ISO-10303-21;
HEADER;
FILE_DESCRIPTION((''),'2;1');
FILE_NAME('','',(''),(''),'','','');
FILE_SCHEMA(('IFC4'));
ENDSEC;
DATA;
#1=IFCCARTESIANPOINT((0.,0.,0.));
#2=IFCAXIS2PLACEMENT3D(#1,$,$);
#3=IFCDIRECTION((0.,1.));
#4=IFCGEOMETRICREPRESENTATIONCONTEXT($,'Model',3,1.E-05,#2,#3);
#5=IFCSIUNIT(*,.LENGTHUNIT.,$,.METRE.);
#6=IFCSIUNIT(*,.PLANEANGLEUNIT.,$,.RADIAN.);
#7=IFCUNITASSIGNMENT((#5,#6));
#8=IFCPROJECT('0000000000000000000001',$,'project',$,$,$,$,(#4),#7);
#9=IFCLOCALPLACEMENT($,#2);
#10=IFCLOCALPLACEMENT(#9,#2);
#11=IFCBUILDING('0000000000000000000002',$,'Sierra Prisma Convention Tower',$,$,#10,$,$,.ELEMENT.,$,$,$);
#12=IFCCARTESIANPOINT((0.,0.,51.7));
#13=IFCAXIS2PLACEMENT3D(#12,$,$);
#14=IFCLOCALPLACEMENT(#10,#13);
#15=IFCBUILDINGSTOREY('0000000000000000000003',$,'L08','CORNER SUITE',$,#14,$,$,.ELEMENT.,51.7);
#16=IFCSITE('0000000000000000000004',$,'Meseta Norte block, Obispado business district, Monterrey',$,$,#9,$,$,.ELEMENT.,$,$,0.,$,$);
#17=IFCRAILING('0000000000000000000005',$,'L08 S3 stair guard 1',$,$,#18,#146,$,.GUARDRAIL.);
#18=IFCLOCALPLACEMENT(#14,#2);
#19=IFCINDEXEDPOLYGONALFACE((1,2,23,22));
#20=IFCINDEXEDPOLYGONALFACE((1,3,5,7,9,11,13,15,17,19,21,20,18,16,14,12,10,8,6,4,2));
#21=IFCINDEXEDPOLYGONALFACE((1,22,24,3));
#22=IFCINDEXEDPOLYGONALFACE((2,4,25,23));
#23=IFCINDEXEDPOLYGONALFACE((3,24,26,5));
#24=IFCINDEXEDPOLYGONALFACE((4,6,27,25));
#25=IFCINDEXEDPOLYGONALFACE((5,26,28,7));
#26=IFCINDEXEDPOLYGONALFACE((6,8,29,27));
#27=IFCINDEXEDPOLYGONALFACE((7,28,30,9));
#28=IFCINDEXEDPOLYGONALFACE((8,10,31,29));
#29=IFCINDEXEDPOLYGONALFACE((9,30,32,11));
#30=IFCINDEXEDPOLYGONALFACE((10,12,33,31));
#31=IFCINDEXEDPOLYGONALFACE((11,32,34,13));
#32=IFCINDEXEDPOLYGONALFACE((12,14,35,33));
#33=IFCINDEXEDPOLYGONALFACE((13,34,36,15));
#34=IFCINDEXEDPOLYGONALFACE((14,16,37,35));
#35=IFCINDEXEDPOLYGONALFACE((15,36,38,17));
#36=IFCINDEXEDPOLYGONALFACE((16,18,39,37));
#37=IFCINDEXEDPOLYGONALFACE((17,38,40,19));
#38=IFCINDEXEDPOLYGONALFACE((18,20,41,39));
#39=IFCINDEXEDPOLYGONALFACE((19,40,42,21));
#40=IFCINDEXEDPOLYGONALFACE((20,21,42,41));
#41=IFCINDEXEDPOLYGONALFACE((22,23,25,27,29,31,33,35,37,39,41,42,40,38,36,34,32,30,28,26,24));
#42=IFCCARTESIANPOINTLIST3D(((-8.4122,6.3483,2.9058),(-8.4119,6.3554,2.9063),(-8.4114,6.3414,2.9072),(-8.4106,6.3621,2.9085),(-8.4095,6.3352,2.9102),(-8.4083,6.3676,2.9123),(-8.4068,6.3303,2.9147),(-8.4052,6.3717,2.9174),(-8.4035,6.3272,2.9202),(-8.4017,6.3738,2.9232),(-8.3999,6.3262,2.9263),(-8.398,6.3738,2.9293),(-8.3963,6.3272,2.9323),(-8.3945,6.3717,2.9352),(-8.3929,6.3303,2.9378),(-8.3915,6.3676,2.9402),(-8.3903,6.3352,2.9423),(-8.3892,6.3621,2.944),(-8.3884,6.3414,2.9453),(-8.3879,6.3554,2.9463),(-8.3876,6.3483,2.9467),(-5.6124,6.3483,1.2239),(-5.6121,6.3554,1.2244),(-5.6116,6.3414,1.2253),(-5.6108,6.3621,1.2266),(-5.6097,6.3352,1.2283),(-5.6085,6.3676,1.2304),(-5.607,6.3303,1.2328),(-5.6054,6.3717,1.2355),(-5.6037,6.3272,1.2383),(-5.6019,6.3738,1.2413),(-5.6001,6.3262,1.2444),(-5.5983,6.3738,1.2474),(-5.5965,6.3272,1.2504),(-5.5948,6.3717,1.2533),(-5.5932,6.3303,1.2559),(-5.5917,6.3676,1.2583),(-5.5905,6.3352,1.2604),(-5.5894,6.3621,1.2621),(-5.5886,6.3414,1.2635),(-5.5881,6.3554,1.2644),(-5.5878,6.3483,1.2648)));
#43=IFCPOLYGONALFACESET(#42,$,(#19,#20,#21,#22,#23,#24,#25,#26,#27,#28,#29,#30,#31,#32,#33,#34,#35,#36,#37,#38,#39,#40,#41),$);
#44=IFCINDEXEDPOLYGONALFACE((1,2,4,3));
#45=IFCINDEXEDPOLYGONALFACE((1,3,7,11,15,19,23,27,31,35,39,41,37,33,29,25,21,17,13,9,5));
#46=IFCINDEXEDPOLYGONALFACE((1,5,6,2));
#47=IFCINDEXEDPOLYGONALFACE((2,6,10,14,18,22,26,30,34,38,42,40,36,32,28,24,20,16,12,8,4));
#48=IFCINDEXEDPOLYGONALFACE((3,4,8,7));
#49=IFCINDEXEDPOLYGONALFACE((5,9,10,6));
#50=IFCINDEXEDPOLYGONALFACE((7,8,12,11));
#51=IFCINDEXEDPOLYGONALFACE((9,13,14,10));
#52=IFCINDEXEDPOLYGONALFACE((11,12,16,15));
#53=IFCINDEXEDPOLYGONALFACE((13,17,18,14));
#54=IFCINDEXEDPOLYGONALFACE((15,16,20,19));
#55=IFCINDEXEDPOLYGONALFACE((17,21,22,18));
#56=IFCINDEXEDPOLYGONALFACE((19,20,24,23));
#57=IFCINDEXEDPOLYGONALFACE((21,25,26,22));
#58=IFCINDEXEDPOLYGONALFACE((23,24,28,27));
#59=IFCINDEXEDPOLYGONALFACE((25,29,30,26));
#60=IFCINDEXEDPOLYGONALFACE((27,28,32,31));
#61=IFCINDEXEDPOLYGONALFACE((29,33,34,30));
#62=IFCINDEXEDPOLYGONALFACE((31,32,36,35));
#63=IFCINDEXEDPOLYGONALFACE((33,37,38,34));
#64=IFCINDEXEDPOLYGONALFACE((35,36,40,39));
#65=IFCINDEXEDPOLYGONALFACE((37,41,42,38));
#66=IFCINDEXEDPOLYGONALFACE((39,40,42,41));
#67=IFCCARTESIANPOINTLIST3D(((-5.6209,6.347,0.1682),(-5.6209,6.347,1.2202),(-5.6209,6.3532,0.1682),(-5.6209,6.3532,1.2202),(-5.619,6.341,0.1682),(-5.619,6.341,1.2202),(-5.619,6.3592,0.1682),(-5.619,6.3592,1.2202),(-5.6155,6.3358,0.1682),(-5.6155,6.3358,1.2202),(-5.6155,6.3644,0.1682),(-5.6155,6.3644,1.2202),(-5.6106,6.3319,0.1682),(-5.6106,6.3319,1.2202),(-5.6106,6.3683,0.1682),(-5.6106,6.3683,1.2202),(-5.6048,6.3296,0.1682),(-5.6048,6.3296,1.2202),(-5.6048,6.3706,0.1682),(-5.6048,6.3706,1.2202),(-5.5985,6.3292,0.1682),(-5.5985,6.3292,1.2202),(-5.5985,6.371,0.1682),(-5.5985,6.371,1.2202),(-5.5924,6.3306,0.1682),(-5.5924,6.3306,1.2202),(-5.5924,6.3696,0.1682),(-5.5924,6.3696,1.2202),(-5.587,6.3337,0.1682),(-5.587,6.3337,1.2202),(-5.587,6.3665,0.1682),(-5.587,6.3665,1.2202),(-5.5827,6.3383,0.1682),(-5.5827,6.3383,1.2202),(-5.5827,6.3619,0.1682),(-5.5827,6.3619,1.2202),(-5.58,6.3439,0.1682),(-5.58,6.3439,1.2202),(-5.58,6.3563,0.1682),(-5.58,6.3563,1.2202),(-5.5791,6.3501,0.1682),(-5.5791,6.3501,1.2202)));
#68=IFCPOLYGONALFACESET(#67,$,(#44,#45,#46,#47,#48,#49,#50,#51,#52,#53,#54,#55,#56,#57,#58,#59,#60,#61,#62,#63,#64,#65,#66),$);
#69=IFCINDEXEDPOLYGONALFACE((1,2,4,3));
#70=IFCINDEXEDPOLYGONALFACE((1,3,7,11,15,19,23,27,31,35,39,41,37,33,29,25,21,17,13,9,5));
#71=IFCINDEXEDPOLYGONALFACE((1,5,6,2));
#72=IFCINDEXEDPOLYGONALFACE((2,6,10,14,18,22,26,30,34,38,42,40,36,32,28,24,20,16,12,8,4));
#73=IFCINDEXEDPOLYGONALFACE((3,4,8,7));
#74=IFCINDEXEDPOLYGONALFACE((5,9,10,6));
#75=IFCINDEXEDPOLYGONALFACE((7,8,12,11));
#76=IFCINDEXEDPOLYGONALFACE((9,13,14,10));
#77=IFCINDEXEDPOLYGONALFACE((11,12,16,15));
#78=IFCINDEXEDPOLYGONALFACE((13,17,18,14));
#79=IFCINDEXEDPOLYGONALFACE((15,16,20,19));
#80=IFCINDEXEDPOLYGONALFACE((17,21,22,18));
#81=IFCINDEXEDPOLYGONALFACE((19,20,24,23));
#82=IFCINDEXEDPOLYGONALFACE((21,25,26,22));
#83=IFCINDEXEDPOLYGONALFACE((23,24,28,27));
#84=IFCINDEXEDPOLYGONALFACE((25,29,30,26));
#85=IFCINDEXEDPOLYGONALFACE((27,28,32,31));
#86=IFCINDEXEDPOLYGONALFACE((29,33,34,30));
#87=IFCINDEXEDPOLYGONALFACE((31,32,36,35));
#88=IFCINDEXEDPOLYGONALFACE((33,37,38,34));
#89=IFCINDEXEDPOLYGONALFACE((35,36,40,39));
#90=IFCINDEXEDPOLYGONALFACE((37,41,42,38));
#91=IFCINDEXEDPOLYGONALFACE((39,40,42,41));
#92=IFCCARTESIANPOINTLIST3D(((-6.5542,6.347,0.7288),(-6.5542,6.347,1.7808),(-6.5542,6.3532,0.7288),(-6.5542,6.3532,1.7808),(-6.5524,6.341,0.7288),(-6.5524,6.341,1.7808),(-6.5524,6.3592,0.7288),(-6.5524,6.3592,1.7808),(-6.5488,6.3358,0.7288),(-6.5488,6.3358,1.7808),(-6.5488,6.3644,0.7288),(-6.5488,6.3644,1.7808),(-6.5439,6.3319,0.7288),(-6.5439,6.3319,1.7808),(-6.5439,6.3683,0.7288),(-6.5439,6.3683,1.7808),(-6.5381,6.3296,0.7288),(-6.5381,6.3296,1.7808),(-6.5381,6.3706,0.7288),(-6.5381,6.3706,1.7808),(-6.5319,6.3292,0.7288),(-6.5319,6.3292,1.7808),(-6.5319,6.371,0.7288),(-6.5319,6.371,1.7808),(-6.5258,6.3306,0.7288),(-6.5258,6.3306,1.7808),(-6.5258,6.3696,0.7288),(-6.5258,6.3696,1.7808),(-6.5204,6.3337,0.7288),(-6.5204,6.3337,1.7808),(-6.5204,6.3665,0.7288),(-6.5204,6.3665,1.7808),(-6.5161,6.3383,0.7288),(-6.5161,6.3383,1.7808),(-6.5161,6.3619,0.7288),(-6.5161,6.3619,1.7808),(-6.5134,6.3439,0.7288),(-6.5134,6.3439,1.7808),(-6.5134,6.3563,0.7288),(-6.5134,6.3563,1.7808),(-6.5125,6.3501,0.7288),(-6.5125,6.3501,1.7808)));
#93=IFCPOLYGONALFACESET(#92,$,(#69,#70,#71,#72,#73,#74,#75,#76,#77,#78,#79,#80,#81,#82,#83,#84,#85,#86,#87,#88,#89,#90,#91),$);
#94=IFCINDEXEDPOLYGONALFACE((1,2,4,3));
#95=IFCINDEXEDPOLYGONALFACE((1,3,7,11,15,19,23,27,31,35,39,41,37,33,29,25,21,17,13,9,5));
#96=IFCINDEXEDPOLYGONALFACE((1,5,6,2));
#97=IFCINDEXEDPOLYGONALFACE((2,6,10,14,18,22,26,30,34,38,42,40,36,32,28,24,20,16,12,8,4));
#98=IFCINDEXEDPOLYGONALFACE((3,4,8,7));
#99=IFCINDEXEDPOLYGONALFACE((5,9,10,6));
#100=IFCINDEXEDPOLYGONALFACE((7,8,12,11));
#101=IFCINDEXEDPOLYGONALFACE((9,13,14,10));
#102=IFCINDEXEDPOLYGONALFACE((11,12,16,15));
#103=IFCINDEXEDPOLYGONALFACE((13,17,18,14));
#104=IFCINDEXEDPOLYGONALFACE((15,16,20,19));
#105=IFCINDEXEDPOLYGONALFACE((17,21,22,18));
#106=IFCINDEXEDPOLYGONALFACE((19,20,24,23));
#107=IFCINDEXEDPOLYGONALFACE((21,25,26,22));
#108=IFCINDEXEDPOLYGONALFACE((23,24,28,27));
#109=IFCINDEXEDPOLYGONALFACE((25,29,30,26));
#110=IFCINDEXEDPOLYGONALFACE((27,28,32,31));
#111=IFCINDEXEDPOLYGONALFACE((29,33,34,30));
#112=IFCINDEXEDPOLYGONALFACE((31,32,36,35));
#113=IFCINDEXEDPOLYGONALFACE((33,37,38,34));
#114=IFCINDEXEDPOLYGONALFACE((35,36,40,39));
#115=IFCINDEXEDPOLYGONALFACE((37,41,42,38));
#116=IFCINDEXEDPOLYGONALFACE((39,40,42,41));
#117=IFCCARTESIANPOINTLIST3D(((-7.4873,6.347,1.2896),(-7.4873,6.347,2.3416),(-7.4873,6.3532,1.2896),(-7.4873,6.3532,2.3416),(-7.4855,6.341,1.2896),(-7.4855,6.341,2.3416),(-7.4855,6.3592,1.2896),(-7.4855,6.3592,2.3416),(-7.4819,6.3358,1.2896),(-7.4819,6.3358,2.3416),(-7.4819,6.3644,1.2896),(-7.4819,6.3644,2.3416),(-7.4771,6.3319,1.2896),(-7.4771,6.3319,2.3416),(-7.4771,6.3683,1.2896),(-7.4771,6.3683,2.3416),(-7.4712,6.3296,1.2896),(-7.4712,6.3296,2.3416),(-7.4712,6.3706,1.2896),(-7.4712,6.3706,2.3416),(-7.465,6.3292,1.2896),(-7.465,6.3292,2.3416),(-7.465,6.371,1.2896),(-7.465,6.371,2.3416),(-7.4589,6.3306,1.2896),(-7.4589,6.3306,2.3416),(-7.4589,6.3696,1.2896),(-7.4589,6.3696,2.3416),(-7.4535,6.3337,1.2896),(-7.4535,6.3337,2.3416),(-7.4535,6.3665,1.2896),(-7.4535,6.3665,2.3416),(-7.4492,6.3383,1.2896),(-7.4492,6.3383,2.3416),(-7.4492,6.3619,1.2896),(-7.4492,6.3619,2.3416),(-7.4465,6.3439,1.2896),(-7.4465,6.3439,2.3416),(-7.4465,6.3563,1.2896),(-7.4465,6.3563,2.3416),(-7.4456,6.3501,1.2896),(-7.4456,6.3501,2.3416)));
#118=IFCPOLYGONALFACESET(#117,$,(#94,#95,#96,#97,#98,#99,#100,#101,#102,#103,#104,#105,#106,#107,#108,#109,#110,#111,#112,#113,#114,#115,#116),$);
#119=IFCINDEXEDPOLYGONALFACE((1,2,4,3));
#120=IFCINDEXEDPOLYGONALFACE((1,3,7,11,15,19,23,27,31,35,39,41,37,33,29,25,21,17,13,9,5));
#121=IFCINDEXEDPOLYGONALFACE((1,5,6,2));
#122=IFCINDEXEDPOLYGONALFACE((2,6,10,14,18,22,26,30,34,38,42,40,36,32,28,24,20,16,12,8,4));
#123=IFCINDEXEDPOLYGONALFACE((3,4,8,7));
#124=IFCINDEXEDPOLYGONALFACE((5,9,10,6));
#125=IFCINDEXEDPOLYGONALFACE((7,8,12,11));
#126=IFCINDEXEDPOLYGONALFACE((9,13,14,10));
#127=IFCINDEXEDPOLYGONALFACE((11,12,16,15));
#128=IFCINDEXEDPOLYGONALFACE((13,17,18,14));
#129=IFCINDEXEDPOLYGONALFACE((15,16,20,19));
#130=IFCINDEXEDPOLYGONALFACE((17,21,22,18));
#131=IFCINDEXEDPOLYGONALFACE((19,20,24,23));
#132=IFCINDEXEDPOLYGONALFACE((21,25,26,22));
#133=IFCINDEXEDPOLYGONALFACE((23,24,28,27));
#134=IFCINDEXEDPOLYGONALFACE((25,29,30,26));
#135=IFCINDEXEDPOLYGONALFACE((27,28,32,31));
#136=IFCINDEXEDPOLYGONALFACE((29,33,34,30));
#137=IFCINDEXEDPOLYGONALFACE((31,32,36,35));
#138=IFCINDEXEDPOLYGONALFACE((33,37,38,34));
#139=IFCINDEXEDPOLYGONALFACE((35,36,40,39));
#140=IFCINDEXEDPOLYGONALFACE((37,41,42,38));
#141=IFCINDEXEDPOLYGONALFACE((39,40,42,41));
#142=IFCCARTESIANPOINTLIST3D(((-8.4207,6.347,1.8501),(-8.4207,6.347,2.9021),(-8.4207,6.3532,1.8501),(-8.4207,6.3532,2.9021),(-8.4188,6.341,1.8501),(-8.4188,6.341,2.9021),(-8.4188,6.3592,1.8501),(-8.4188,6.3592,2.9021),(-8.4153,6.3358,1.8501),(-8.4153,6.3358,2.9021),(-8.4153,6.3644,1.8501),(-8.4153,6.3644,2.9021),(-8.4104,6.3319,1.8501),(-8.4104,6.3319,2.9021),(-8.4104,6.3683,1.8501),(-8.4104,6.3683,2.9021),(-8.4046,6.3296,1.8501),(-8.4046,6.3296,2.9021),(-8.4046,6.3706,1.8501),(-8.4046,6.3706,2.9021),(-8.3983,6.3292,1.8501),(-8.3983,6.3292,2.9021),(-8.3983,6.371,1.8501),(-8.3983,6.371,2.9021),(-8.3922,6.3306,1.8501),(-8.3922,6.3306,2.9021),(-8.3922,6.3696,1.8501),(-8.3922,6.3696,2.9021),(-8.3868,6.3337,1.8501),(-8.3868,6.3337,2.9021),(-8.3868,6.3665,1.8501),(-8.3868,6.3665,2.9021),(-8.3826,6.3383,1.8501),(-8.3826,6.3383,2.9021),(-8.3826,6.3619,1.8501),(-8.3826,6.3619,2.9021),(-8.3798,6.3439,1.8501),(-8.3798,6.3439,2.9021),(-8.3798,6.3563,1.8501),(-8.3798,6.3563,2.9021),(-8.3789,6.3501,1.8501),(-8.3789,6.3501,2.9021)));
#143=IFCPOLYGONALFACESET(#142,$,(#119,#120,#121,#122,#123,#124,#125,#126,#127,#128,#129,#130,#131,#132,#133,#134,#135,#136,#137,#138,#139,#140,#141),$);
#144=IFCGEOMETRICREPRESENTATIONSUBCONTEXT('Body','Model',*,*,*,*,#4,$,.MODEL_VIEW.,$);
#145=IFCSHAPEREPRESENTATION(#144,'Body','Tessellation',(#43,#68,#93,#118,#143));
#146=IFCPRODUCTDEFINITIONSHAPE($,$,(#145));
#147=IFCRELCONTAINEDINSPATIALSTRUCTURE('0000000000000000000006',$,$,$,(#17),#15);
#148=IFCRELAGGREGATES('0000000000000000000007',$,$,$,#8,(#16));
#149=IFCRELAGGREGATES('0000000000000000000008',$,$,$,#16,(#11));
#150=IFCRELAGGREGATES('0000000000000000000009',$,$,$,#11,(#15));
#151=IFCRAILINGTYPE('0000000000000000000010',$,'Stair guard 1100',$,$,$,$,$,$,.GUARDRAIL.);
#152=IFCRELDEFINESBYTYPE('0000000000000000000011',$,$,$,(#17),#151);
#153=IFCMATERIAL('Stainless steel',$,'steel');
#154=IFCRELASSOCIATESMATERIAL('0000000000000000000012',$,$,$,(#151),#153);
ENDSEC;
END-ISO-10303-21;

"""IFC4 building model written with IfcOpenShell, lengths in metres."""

from ifc_helpers import new_model, si_unit, direction, frame, origin, origin_2d, place, context, subcontext, project, spatial, circle, extrude, material, type_object, element, save


model = new_model("IFC4")

# Units and contexts
model_context = context("Model", 3, precision=1e-05, world=origin(), true_north=direction((0.0, 1.0)))
body_context = subcontext(model_context, "Body", "Model", "MODEL_VIEW")
ifc_project = project(units=[si_unit("LENGTHUNIT", "METRE"), si_unit("PLANEANGLEUNIT", "RADIAN")], contexts=[model_context])

# Site, building, storey
site_placement = place(None, origin())
site = spatial("IfcSite", under=ifc_project, at=site_placement, Name="Meseta Norte block, Obispado business district, Monterrey", CompositionType="ELEMENT", RefElevation=0.0)
building_placement = place(site_placement, origin())
building = spatial("IfcBuilding", under=site, at=building_placement, Name="Sierra Prisma Convention Tower", CompositionType="ELEMENT")
storey_placement = place(building_placement, frame((0.0, 0.0, 51.7)))
storey = spatial("IfcBuildingStorey", under=building, at=storey_placement, Name="L08", Description="CORNER SUITE", CompositionType="ELEMENT", Elevation=51.7)

# Railing
ifc_material_1 = material(Name="Stainless steel", Category="steel")
railing_type_1 = type_object("IfcRailingType", Name="Stair guard 1100", PredefinedType="GUARDRAIL", material=ifc_material_1)
railing_1_placement = place(storey_placement, frame((-5.6001, 6.3501, 0.1682)))
element("IfcRailing", 1, at=railing_1_placement, inside=storey, type_object=railing_type_1, Name="L08 S3 stair guard 1", PredefinedType="GUARDRAIL", context=body_context, shape_type="SweptSolid", body=[
    extrude(circle(Radius=0.0239, at=origin_2d()), frame((0.0, 0.0, 1.0762), z_axis=(-0.857222, 0.0, 0.514946), x_axis=(0.0, -1.0, 0.0)), (0.0, 0.0, 1.0), 3.2661),
    extrude(circle(Radius=0.021, at=origin_2d()), origin(), (0.0, 0.0, 1.0), 1.052),
    extrude(circle(Radius=0.021, at=origin_2d()), frame((-0.9333, 0.0, 0.5605)), (0.0, 0.0, 1.0), 1.052),
    extrude(circle(Radius=0.021, at=origin_2d()), frame((-1.8665, 0.0, 1.1213)), (0.0, 0.0, 1.0), 1.052),
    extrude(circle(Radius=0.021, at=origin_2d()), frame((-2.7998, 0.0, 1.6819)), (0.0, 0.0, 1.0), 1.052),
])

save(model, "model.ifc")
